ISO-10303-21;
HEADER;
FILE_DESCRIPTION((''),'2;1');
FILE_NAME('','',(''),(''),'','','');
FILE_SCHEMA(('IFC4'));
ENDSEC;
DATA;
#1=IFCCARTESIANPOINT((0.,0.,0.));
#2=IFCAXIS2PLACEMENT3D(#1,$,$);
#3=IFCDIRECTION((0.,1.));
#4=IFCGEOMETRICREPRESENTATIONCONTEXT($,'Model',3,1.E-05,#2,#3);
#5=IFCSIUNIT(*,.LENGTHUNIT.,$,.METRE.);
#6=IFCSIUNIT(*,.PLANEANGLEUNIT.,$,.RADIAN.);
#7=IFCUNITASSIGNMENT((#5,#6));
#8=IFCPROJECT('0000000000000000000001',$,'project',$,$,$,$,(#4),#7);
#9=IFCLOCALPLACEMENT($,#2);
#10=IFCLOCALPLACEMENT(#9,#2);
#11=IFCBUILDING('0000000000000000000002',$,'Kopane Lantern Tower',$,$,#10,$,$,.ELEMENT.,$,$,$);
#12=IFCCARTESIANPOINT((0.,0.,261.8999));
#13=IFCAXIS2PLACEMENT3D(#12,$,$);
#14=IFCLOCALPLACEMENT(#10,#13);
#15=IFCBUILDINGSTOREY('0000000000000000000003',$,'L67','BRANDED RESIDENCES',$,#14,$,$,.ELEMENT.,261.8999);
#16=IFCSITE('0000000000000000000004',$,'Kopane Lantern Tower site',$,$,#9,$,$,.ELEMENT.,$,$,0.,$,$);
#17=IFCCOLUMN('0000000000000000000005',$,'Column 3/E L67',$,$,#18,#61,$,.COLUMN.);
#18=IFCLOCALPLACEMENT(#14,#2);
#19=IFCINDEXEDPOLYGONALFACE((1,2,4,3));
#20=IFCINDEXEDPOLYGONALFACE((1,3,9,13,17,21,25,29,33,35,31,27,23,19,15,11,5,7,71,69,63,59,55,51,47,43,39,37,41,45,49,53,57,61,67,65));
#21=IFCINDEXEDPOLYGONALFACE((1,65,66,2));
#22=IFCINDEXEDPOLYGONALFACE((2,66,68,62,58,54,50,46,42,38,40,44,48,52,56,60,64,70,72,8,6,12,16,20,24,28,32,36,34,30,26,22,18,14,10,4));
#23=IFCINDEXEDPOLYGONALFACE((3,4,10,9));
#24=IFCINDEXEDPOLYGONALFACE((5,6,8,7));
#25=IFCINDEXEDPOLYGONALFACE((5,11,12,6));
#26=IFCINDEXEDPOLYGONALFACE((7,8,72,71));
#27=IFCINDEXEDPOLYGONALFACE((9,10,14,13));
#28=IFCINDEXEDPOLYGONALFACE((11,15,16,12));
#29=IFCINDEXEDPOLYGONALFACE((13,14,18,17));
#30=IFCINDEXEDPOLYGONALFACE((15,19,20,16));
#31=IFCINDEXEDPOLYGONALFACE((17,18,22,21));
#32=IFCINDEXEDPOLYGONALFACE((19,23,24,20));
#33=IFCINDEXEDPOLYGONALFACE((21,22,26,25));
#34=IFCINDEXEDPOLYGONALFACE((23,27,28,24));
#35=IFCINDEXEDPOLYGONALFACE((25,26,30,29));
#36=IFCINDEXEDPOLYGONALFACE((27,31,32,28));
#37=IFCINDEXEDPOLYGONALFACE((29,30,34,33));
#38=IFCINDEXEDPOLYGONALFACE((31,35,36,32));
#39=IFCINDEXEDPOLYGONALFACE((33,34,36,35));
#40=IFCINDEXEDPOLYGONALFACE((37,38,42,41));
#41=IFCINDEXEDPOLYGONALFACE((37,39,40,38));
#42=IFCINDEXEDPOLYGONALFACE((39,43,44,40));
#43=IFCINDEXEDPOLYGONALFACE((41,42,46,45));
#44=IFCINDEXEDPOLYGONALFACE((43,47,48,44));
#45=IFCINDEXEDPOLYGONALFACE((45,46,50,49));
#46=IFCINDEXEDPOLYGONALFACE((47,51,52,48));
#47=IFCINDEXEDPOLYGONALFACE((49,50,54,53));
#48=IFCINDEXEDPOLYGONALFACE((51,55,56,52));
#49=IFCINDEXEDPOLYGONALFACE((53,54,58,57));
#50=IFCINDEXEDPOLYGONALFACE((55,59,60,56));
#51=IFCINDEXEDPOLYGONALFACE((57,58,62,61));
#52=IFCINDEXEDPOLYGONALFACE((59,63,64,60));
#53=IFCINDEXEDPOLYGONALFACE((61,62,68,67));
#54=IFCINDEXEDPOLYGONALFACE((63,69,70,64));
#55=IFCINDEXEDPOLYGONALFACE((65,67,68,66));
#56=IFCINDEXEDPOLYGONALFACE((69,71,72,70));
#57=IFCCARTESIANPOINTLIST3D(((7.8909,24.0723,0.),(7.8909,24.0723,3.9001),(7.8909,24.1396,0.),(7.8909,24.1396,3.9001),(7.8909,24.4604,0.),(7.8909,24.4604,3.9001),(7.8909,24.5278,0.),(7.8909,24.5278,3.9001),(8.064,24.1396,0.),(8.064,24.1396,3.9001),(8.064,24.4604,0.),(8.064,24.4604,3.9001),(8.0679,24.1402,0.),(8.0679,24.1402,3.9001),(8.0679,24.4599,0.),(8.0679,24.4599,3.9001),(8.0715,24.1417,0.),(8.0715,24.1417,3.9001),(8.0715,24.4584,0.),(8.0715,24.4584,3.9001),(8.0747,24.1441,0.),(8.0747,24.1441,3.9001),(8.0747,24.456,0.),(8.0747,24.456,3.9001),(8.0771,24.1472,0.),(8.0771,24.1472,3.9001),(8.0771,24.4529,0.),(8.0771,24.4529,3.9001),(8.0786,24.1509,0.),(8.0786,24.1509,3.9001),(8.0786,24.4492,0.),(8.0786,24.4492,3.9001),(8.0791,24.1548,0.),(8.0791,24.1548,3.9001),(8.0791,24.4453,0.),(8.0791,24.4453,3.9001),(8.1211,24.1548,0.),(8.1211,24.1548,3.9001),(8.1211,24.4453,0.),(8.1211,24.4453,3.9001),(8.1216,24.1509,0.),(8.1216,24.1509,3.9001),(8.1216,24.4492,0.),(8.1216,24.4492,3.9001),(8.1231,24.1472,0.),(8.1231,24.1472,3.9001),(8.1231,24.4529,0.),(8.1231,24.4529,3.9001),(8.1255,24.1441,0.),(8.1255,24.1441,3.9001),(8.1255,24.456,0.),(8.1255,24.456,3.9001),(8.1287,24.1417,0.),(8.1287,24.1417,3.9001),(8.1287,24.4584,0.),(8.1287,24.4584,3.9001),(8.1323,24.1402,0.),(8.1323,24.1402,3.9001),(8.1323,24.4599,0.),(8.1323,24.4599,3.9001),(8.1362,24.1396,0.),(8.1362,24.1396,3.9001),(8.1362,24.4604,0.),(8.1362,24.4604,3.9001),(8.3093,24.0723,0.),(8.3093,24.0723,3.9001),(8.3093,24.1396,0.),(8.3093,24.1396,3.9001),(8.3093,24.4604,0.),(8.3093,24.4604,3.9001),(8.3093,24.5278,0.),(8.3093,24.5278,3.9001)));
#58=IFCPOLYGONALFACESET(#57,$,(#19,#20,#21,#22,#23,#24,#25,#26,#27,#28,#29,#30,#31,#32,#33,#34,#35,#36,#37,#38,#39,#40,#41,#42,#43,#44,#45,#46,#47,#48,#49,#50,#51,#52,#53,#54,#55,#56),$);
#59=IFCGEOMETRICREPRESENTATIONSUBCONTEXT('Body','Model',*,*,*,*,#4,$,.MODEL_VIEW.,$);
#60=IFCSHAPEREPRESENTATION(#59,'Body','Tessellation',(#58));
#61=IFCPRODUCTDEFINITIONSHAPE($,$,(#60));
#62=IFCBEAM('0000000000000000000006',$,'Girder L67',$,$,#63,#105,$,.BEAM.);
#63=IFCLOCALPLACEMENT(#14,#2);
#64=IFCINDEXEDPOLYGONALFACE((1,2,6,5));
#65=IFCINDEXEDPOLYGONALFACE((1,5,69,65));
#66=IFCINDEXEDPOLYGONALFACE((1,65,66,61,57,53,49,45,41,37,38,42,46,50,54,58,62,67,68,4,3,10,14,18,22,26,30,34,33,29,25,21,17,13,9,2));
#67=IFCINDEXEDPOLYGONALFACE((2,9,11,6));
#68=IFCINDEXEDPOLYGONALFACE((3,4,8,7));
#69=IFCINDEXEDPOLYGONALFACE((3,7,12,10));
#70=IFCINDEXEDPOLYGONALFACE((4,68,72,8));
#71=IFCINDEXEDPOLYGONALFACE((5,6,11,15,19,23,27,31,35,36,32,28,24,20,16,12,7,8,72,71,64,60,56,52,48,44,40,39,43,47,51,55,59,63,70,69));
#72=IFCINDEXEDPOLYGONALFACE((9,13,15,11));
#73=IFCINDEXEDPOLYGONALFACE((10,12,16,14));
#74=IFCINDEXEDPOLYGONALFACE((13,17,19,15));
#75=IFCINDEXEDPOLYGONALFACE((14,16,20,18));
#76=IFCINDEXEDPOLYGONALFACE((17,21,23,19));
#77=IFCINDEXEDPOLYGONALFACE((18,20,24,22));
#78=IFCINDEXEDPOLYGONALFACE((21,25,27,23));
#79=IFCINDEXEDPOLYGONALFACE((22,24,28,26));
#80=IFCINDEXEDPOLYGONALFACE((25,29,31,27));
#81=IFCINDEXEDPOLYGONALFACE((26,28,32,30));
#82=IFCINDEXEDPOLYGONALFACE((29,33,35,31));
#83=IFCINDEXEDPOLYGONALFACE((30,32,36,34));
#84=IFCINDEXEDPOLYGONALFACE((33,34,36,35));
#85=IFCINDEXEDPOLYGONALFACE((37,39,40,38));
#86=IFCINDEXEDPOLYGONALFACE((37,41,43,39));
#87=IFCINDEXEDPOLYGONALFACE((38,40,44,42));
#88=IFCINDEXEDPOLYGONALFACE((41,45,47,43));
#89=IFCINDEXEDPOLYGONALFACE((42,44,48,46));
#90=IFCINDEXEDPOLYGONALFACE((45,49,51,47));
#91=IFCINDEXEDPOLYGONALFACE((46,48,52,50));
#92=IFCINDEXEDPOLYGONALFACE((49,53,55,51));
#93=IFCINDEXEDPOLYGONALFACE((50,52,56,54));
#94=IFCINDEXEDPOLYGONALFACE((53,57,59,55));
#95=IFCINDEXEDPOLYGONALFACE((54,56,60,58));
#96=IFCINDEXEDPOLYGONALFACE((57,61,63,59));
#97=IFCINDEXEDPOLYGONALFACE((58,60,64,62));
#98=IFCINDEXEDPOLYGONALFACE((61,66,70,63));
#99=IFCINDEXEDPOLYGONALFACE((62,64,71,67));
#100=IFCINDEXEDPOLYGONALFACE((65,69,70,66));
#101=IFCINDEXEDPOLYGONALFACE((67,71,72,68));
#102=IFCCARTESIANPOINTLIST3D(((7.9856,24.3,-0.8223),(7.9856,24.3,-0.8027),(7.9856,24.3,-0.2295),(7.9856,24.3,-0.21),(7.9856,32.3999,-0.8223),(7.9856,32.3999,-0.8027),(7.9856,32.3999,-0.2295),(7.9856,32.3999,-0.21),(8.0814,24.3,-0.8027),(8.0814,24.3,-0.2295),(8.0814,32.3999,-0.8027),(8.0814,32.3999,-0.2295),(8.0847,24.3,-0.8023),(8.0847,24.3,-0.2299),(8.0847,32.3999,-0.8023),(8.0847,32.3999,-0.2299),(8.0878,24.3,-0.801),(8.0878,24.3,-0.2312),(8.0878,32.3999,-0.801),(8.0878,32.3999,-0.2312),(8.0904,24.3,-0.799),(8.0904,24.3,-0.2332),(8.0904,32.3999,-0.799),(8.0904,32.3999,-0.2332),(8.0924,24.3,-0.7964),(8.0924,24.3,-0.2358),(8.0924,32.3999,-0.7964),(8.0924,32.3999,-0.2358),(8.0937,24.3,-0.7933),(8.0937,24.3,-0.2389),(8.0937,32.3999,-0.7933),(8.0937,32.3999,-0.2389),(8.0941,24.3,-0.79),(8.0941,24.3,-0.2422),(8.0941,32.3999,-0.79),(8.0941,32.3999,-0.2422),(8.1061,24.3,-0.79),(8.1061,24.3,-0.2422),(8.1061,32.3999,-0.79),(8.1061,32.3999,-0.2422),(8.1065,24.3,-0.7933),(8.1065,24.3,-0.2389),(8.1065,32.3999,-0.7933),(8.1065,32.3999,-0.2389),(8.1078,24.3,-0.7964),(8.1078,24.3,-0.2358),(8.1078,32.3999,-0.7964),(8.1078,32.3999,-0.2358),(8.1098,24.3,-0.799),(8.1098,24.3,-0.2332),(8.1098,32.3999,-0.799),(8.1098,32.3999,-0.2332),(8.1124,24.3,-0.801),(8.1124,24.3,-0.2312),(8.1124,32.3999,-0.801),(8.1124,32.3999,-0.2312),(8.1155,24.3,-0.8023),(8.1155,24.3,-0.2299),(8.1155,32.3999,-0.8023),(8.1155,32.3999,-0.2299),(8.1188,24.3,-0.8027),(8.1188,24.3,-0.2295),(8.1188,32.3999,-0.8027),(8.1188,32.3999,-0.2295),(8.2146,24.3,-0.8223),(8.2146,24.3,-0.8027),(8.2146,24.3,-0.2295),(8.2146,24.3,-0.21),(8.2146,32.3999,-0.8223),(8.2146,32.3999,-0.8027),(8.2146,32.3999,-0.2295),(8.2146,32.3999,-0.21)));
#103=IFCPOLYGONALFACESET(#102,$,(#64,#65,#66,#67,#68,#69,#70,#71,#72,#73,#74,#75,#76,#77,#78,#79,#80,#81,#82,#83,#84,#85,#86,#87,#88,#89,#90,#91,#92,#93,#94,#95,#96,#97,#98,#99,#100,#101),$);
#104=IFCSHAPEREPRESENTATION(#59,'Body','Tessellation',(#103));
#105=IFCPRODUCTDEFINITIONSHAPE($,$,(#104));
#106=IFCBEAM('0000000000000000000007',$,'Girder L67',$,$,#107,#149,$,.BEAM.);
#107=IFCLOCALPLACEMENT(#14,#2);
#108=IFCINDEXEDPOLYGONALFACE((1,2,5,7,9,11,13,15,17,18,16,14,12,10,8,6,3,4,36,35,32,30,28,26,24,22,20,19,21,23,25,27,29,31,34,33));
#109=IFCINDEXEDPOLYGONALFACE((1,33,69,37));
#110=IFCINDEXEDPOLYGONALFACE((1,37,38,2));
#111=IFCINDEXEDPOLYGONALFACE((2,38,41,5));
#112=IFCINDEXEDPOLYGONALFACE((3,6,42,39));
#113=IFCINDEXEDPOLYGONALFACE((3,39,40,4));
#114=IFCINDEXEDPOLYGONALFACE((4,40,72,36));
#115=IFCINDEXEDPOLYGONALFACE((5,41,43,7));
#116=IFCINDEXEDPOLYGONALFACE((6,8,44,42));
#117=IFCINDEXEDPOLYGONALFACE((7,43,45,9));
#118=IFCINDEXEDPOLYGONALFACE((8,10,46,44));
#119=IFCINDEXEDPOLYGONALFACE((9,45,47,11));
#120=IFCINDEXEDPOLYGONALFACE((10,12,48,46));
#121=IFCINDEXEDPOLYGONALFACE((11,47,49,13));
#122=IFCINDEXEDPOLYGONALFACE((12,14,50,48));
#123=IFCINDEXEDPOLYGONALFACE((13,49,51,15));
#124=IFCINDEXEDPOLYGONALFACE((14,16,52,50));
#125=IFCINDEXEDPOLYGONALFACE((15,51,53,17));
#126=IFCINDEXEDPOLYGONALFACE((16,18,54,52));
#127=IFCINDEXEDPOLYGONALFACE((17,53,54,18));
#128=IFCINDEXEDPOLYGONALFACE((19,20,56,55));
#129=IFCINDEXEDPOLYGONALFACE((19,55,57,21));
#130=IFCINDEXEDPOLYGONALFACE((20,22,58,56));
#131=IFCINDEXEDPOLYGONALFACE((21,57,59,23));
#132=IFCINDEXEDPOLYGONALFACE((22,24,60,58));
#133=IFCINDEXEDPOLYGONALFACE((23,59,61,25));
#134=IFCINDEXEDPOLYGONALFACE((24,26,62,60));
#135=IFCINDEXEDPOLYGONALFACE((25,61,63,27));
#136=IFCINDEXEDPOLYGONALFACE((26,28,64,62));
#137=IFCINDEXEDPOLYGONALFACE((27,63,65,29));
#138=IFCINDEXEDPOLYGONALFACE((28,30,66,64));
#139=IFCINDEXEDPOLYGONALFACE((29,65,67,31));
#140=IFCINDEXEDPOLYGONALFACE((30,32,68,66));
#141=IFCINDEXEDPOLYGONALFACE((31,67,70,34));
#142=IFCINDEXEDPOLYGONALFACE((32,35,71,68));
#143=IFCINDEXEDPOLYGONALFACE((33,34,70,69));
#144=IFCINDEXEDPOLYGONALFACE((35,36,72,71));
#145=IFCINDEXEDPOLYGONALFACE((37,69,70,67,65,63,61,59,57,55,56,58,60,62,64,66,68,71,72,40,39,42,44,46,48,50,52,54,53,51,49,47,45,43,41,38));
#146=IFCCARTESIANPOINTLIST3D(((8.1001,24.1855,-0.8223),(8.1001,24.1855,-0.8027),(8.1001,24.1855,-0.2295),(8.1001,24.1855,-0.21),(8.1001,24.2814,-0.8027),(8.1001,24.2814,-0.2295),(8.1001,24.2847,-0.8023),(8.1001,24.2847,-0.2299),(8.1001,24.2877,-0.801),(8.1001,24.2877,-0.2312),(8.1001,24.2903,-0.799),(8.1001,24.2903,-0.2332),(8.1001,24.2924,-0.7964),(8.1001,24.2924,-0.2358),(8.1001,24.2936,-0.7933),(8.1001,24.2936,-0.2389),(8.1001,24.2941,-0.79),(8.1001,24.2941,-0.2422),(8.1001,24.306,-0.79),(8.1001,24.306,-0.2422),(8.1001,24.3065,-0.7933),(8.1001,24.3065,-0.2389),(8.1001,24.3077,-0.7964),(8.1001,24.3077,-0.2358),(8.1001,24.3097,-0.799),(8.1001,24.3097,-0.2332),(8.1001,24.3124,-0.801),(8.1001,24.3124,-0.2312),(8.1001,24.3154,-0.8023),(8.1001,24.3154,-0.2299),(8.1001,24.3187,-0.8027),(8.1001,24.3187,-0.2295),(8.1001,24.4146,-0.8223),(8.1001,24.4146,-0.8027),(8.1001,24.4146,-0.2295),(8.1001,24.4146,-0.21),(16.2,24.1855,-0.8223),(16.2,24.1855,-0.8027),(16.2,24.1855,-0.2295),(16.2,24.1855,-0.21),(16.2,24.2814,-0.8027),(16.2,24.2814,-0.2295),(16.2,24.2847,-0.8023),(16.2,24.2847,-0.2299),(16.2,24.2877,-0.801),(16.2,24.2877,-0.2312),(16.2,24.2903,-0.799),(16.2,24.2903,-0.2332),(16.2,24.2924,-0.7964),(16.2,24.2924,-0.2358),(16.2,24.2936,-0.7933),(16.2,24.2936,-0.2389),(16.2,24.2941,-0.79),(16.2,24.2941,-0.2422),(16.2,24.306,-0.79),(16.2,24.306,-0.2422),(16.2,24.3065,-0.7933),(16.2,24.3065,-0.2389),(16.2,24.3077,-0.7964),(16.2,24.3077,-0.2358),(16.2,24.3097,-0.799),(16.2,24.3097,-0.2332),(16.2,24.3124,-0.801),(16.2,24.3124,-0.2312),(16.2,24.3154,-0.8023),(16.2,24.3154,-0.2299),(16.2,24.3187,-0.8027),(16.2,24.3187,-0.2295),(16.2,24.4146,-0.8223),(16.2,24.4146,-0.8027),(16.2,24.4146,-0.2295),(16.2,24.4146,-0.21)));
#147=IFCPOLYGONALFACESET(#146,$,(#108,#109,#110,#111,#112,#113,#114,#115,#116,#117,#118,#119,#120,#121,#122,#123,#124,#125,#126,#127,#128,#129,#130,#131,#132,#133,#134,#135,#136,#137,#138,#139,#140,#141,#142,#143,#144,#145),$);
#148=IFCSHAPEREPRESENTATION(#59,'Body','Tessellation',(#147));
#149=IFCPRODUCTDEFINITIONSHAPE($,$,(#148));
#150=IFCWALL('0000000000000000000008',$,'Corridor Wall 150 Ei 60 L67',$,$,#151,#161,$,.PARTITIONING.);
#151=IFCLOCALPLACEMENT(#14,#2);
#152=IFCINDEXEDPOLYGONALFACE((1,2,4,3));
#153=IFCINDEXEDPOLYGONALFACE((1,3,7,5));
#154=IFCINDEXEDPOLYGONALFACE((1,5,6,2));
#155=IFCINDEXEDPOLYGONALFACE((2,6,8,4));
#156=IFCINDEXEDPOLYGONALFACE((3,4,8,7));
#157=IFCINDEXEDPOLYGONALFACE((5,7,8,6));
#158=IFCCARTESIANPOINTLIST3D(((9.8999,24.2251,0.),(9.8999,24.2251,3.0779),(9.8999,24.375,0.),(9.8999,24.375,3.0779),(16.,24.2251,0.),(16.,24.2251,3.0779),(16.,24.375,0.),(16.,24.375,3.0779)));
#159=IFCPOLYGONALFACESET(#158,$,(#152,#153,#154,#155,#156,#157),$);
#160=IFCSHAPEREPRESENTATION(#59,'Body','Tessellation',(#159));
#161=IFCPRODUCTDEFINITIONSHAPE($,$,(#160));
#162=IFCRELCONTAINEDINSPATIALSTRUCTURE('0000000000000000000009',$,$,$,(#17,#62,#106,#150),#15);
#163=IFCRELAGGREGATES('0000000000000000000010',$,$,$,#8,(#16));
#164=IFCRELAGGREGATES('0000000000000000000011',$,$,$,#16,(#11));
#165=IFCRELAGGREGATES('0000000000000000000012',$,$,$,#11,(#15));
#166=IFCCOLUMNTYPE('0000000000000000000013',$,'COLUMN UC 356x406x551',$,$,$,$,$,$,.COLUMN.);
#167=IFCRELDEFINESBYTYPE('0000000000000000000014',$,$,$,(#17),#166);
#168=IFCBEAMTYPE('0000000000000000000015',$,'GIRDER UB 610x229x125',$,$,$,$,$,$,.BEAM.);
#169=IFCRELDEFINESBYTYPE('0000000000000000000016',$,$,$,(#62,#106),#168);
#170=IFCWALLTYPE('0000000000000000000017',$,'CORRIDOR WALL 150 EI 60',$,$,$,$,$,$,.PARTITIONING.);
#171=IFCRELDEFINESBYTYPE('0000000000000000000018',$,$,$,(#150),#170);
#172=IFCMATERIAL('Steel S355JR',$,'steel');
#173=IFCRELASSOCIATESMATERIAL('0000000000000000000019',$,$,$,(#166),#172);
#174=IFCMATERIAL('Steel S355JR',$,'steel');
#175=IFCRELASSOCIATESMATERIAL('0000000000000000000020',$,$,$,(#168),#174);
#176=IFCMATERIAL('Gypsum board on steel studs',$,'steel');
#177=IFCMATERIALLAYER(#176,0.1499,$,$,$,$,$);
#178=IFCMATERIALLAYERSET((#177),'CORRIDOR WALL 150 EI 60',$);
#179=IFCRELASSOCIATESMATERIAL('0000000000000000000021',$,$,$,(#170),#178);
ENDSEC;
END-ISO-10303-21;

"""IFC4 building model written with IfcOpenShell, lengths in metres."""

from ifc_helpers import new_model, si_unit, direction, frame, frame_2d, origin, origin_2d, place, context, subcontext, project, spatial, rectangle, i_section, extrude, material, layer, layer_set, material_profile, profile_set, type_object, element, save


model = new_model("IFC4")

# Units and contexts
model_context = context("Model", 3, precision=1e-05, world=origin(), true_north=direction((0.0, 1.0)))
body_context = subcontext(model_context, "Body", "Model", "MODEL_VIEW")
ifc_project = project(units=[si_unit("LENGTHUNIT", "METRE"), si_unit("PLANEANGLEUNIT", "RADIAN")], contexts=[model_context])

# Site, building, storey
site_placement = place(None, origin())
site = spatial("IfcSite", under=ifc_project, at=site_placement, Name="Kopane Lantern Tower site", CompositionType="ELEMENT", RefElevation=0.0)
building_placement = place(site_placement, origin())
building = spatial("IfcBuilding", under=site, at=building_placement, Name="Kopane Lantern Tower", CompositionType="ELEMENT")
storey_placement = place(building_placement, frame((0.0, 0.0, 261.8999)))
storey = spatial("IfcBuildingStorey", under=building, at=storey_placement, Name="L67", Description="BRANDED RESIDENCES", CompositionType="ELEMENT", Elevation=261.8999)

# Column
ifc_material_1 = material(Name="Steel S355JR", Category="steel")
ifc_material_profile_1 = material_profile(ifc_material_1, i_section(OverallWidth=0.4185, OverallDepth=0.4556, WebThickness=0.042, FlangeThickness=0.0674, FilletRadius=0.0151, at=origin_2d()), Name="UC 356x406x551")
ifc_profile_set_1 = profile_set([ifc_material_profile_1], Name="Steel S355JR")
column_type = type_object("IfcColumnType", Name="COLUMN UC 356x406x551", PredefinedType="COLUMN", material=ifc_profile_set_1)
column_placement = place(storey_placement, frame((8.1001, 24.3, 0.0), z_axis=(0.0, 0.0, 1.0), x_axis=(1.0, 0.0, 0.0)))
element("IfcColumn", 1, at=column_placement, inside=storey, type_object=column_type, Name="Column 3/E L67", PredefinedType="COLUMN", context=body_context, shape_type="SweptSolid", body=[
    extrude(i_section(OverallWidth=0.4185, OverallDepth=0.4556, WebThickness=0.042, FlangeThickness=0.0674, FilletRadius=0.0151, at=origin_2d()), origin(), (0.0, 0.0, 1.0), 3.9001),
])

# Beams
ifc_material_2 = material(Name="Steel S355JR", Category="steel")
ifc_material_profile_2 = material_profile(ifc_material_2, i_section(OverallWidth=0.229, OverallDepth=0.6123, WebThickness=0.012, FlangeThickness=0.0195, FilletRadius=0.0127, at=origin_2d()), Name="UB 610x229x125")
ifc_profile_set_2 = profile_set([ifc_material_profile_2], Name="Steel S355JR")
beam_type = type_object("IfcBeamType", Name="GIRDER UB 610x229x125", PredefinedType="BEAM", material=ifc_profile_set_2)
for number, where, z_axis, x_axis, name in (
    (2, (8.1001, 24.3, -0.5161), (0.0, 1.0, 0.0), (-1.0, 0.0, 0.0), "Girder L67"),
    (3, (8.1001, 24.3, -0.5161), (1.0, 0.0, 0.0), (0.0, 1.0, 0.0), "Girder L67"),
):
    element("IfcBeam", number, at=place(storey_placement, frame(where, z_axis=z_axis, x_axis=x_axis)), inside=storey, type_object=beam_type, Name=name, PredefinedType="BEAM", context=body_context, shape_type="SweptSolid", body=[
        extrude(i_section(OverallWidth=0.229, OverallDepth=0.6123, WebThickness=0.012, FlangeThickness=0.0195, FilletRadius=0.0127, at=origin_2d()), origin(), (0.0, 0.0, 1.0), 8.0999),
    ])

# Wall
ifc_material_3 = material(Name="Gypsum board on steel studs", Category="steel")
ifc_layer_1 = layer(ifc_material_3, 0.1499)
ifc_layer_set_1 = layer_set([ifc_layer_1], Name="CORRIDOR WALL 150 EI 60")
wall_type_1 = type_object("IfcWallType", Name="CORRIDOR WALL 150 EI 60", PredefinedType="PARTITIONING", material=ifc_layer_set_1)
wall_1_placement = place(storey_placement, frame((16.0, 24.3, 0.0), z_axis=(0.0, 0.0, 1.0), x_axis=(-1.0, 0.0, 0.0)))
element("IfcWall", 4, at=wall_1_placement, inside=storey, type_object=wall_type_1, Name="Corridor Wall 150 Ei 60 L67", PredefinedType="PARTITIONING", context=body_context, shape_type="SweptSolid", body=[
    extrude(rectangle(XDim=6.1001, YDim=0.1499, at=frame_2d((3.05, 0.0))), origin(), (0.0, 0.0, 1.0), 3.0779),
])

save(model, "model.ifc")
